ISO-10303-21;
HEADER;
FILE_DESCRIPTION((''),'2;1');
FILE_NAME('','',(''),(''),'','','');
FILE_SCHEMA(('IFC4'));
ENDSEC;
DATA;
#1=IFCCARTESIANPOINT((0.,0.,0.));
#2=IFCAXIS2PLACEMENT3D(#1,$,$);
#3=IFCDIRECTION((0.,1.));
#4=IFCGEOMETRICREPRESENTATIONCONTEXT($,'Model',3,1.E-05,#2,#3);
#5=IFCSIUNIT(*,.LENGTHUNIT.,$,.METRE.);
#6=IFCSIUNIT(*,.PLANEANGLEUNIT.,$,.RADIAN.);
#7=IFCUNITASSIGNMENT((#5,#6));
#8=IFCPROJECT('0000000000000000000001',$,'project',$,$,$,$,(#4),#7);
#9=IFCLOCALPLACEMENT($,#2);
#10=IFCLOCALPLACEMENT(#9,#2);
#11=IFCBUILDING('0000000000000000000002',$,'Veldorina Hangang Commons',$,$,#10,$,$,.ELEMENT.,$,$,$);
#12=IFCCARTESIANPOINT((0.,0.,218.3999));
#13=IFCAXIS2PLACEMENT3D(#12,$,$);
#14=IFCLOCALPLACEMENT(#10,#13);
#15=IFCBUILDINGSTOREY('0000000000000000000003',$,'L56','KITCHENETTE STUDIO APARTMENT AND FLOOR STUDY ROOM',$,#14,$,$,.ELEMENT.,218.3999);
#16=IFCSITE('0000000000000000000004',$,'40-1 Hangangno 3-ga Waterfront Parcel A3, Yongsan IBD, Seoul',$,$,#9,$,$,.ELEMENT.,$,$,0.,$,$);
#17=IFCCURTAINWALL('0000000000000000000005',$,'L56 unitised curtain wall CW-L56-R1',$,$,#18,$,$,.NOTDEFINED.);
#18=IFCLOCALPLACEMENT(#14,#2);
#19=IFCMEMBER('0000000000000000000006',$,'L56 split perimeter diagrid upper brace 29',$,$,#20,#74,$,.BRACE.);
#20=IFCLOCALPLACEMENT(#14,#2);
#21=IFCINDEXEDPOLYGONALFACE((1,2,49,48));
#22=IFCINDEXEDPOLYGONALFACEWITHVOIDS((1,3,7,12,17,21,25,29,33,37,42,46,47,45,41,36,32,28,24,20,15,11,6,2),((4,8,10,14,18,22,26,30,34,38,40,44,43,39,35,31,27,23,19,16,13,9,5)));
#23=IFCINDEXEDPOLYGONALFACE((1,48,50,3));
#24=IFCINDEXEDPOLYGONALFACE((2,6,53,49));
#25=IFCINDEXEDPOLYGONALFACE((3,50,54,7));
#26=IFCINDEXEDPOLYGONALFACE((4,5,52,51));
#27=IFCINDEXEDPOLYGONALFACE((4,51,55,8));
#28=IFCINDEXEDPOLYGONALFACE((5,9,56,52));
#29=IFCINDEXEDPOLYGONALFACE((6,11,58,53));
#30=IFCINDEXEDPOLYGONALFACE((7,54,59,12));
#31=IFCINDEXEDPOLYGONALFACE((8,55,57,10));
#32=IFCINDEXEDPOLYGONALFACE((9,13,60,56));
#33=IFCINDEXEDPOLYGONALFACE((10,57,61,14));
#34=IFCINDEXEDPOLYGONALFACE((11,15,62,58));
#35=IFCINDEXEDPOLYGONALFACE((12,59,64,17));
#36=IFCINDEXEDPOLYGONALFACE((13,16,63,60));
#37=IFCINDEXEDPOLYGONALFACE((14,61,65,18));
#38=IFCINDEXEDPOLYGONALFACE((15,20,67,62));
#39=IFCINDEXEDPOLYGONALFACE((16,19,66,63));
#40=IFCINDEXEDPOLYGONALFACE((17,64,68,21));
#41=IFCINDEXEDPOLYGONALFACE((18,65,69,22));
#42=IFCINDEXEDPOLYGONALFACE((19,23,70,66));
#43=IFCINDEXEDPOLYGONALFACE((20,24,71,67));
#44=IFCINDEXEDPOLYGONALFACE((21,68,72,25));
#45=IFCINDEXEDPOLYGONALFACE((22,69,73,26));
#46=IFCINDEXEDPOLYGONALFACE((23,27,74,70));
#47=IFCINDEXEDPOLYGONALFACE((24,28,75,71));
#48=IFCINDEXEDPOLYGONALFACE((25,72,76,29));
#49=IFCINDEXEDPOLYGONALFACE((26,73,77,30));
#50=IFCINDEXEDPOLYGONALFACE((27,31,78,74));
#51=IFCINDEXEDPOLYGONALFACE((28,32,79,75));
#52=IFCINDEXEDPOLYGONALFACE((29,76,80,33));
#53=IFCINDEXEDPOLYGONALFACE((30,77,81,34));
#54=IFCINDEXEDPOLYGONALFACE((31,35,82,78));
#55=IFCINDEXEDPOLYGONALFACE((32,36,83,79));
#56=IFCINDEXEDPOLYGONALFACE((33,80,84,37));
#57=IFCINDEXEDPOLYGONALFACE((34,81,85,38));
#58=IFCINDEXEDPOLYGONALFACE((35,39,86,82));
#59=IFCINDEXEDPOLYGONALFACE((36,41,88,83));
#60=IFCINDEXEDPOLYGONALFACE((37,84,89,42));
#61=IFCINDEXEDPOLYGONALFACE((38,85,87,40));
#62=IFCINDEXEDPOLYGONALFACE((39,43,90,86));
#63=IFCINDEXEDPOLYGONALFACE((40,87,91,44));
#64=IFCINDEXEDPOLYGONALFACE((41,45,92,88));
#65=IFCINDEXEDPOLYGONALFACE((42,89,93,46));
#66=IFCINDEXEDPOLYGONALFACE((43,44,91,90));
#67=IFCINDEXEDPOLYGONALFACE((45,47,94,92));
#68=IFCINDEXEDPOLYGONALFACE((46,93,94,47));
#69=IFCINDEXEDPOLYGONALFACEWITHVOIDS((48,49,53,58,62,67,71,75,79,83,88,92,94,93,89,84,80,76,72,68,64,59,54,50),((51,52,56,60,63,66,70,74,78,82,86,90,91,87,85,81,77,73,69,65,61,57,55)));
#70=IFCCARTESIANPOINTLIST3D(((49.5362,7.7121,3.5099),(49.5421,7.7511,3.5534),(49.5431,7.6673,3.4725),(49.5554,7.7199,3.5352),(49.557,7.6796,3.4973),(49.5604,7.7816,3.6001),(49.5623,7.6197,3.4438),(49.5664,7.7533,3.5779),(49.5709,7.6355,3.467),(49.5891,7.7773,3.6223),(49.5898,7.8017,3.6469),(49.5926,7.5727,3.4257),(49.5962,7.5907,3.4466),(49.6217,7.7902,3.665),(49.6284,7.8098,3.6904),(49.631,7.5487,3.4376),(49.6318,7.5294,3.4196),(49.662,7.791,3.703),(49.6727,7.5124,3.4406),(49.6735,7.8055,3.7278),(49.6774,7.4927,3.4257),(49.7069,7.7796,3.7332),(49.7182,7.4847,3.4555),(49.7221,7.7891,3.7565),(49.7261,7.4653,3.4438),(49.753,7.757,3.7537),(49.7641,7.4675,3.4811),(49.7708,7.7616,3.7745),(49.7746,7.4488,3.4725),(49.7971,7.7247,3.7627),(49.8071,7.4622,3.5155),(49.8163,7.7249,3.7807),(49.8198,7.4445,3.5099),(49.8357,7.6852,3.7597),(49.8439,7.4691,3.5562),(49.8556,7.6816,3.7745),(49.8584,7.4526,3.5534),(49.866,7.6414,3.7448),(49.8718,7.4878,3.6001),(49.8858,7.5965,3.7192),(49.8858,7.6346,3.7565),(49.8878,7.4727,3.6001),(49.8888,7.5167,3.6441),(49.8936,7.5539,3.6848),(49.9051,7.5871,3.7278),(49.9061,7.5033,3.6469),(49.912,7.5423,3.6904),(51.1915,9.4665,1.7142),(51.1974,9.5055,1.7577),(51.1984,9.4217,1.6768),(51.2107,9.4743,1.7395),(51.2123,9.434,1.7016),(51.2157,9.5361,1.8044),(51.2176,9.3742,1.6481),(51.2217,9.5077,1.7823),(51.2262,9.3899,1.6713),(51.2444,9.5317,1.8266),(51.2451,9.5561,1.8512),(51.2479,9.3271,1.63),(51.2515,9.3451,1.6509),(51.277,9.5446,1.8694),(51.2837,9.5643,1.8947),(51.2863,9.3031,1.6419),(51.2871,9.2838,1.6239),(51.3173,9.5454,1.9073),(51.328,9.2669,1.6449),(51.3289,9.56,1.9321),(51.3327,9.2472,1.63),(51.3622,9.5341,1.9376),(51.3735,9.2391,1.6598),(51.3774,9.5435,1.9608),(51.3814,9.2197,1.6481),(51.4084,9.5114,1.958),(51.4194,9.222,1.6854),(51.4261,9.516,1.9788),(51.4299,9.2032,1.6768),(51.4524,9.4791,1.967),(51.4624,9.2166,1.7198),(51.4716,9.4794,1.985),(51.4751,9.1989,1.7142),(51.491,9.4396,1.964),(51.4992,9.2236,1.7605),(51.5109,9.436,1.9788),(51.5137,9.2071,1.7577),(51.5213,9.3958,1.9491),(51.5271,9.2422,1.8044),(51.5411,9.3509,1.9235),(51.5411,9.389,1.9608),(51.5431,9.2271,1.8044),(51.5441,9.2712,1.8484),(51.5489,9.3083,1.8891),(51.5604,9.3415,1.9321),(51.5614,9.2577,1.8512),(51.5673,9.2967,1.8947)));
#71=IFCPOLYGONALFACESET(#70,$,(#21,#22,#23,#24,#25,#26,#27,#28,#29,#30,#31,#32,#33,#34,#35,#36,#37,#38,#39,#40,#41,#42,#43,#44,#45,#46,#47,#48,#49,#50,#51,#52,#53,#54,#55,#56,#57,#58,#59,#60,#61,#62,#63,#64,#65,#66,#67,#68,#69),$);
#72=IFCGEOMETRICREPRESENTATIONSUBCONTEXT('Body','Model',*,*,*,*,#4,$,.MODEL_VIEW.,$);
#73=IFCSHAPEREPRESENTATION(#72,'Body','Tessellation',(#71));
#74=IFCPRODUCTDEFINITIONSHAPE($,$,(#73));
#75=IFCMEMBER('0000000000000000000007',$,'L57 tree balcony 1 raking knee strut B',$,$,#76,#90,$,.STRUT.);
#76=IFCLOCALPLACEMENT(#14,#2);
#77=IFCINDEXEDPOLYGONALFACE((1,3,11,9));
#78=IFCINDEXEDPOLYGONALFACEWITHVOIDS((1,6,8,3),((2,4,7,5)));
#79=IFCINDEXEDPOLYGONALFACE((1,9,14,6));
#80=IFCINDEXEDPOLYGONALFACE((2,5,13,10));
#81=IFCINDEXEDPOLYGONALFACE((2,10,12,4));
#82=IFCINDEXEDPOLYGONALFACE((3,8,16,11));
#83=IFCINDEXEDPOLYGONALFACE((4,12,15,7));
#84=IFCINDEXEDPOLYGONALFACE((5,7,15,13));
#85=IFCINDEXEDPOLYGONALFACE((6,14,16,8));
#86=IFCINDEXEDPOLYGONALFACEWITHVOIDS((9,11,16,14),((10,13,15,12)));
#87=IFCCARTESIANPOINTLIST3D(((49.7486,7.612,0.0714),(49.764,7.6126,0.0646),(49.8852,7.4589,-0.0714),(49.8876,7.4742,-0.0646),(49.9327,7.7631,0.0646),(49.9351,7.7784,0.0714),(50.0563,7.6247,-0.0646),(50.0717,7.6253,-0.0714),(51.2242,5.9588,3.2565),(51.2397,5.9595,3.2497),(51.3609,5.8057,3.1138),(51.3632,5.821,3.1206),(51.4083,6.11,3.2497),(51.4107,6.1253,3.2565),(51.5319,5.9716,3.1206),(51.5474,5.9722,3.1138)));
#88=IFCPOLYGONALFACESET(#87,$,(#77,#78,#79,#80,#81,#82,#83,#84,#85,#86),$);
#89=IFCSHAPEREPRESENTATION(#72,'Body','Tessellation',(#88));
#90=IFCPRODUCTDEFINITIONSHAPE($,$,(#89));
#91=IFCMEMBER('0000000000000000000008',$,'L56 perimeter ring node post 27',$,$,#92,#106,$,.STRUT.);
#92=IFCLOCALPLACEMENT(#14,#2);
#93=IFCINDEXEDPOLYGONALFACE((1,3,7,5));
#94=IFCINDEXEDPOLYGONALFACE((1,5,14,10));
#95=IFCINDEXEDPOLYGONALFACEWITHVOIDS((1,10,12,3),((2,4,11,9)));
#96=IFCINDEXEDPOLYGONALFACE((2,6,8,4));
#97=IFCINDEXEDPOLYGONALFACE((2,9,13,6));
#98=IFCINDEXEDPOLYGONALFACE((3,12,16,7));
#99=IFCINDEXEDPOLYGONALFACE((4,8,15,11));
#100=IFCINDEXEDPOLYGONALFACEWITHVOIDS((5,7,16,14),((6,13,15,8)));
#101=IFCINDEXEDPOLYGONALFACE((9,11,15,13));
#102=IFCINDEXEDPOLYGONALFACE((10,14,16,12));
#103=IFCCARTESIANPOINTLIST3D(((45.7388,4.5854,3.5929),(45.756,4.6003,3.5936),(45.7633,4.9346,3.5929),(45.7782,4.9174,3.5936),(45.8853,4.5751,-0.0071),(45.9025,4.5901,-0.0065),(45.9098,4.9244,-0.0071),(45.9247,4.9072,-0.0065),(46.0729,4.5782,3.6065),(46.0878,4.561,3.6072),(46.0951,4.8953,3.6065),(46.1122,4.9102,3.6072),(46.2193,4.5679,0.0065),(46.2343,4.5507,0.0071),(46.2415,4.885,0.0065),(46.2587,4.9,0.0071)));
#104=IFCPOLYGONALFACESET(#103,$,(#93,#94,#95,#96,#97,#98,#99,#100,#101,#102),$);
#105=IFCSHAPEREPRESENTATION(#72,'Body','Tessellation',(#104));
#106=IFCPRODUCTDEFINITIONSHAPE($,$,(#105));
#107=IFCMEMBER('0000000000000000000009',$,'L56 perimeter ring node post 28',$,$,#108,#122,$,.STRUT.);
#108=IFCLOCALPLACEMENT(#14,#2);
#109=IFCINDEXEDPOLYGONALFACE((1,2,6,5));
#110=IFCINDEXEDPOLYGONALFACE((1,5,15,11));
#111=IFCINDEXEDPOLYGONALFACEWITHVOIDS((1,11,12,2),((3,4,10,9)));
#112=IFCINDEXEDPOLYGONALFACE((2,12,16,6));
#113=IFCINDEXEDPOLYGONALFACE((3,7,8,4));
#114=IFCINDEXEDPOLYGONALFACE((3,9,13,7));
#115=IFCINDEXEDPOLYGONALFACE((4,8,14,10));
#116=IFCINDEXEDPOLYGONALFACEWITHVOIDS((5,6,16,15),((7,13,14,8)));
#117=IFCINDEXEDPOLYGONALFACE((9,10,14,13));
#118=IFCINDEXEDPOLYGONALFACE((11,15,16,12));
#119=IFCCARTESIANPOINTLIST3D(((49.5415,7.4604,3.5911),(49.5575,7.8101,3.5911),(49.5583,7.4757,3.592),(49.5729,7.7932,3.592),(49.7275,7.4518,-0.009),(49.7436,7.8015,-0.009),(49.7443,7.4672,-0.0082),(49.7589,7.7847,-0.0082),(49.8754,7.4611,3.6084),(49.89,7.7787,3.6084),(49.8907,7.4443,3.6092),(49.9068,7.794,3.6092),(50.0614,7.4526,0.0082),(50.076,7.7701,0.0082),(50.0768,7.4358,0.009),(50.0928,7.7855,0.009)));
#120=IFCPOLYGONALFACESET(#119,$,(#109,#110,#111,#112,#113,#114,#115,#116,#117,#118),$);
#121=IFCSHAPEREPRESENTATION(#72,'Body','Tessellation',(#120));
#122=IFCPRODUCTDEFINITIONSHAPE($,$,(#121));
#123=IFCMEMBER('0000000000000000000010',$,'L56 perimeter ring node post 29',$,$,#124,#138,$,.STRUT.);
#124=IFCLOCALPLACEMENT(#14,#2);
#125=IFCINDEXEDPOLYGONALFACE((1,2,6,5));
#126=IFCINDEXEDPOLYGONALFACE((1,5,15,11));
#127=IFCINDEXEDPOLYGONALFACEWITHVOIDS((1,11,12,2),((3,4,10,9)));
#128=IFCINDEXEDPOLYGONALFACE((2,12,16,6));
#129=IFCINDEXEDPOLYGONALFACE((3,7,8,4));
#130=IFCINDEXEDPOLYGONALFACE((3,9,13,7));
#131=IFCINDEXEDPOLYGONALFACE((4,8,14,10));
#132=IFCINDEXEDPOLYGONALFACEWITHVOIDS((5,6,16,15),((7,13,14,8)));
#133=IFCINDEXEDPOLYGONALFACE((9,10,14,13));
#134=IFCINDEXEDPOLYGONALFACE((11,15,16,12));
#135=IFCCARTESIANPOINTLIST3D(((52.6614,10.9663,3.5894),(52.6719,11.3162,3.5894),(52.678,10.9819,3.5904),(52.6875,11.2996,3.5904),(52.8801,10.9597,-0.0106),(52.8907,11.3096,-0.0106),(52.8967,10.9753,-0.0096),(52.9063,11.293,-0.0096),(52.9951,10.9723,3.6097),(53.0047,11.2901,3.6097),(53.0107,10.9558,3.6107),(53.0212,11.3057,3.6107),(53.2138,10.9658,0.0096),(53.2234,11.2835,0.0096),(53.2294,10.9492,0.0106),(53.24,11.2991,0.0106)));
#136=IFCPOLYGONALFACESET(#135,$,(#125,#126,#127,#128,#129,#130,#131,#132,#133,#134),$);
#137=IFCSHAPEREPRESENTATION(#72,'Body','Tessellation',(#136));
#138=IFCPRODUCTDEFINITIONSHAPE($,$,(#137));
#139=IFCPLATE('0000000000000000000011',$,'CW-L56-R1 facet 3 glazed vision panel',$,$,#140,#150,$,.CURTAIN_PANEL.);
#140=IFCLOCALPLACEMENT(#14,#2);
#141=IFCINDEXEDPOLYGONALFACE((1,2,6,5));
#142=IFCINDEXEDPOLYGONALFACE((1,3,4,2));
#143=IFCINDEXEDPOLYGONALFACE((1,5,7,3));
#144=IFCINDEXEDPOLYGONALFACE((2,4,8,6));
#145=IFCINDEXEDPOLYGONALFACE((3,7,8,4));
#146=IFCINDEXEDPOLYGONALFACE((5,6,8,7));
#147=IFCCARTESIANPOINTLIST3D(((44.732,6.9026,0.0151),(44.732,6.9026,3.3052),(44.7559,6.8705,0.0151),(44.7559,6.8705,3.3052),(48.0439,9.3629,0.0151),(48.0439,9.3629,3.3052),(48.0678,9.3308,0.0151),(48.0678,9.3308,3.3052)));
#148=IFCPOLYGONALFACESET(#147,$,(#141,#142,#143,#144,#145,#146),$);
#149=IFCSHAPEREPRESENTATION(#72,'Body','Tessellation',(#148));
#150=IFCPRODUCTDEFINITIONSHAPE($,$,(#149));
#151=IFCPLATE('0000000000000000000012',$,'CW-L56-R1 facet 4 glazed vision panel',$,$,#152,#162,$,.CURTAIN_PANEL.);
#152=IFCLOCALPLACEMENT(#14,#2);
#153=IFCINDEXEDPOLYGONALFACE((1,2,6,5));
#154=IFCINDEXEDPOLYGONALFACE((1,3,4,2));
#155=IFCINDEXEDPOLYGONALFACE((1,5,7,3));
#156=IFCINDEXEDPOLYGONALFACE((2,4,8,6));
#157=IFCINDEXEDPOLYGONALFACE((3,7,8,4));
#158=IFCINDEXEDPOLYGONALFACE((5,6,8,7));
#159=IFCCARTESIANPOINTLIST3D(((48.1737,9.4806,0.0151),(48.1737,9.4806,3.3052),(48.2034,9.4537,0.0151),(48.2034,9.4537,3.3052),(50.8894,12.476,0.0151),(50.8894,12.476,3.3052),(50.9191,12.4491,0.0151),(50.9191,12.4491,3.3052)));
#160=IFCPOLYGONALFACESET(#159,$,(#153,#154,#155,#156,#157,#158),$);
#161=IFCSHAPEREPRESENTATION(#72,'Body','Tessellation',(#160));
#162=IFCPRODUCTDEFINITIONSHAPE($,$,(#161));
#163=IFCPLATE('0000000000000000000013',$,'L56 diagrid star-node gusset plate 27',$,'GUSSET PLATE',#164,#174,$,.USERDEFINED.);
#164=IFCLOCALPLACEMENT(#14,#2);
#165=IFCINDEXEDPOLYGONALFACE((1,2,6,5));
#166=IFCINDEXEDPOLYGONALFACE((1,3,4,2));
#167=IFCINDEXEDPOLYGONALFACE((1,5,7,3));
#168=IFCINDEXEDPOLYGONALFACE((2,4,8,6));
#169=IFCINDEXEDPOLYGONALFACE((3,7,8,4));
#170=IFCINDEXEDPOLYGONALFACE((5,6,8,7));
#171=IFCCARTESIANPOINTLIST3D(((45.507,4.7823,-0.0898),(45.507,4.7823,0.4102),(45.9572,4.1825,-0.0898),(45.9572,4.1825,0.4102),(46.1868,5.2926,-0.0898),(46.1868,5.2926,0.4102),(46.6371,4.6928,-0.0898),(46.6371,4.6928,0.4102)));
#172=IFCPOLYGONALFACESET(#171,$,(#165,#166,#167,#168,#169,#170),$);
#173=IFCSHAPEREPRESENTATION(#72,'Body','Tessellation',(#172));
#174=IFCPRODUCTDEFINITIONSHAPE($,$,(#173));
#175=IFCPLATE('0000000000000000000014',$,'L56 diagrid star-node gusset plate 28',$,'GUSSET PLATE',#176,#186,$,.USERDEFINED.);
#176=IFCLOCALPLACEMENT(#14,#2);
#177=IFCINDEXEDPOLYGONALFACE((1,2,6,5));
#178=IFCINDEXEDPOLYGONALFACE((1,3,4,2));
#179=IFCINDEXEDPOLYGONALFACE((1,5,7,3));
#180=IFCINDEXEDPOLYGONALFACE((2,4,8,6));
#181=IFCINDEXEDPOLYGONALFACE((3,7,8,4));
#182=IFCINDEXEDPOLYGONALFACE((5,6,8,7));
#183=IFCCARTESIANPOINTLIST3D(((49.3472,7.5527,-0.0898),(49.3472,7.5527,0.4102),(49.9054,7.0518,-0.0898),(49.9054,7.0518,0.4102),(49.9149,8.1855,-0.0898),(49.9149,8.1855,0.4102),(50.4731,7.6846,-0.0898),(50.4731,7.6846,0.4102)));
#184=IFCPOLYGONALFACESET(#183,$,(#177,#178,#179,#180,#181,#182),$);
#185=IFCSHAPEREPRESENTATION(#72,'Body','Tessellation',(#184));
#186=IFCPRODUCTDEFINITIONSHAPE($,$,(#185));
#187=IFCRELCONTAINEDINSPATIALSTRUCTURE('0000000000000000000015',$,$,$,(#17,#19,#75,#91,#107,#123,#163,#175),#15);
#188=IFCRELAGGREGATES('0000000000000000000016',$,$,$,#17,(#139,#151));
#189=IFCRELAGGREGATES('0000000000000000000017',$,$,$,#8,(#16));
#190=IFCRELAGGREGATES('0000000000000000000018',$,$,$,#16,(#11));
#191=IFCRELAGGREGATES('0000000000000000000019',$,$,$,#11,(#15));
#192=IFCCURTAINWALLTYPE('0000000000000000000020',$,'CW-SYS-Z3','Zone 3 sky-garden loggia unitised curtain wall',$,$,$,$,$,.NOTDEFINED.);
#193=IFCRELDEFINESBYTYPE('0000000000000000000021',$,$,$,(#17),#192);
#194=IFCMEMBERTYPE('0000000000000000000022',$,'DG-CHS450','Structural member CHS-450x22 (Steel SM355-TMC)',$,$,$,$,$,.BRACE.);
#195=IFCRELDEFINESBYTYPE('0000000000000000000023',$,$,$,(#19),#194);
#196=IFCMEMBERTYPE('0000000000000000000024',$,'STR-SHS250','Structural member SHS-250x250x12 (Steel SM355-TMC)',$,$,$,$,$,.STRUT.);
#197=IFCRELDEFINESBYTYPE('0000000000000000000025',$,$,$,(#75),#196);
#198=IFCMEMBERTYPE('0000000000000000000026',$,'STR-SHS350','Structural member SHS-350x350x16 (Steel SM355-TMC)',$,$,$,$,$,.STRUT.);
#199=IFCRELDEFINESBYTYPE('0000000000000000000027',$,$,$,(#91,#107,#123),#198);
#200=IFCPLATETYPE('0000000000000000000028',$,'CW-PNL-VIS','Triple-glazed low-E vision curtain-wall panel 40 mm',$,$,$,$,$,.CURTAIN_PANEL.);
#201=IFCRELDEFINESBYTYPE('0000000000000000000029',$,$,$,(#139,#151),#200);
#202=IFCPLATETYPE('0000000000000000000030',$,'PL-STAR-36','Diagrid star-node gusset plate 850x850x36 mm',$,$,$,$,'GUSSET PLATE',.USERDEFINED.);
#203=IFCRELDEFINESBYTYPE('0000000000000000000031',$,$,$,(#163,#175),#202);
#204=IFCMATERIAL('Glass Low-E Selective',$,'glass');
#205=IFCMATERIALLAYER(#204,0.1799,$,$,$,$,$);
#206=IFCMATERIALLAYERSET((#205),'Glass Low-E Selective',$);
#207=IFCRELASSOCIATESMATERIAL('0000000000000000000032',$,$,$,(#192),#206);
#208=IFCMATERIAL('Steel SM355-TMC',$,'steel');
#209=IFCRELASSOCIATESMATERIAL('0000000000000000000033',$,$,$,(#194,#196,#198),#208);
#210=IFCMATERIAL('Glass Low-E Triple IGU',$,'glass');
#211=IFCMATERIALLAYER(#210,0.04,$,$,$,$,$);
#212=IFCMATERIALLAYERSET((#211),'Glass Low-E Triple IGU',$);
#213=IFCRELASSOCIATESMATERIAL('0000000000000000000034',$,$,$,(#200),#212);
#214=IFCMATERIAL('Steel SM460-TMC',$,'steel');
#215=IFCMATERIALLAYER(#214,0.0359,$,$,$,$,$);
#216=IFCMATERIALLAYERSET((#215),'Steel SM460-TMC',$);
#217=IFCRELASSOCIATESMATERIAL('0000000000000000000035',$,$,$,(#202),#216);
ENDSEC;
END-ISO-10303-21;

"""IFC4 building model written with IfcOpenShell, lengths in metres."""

from ifc_helpers import new_model, si_unit, direction, frame, origin, origin_2d, place, context, subcontext, project, spatial, rectangle, hollow_rectangle, hollow_circle, extrude, material, layer, layer_set, material_profile, profile_set, type_object, element, aggregate, save


model = new_model("IFC4")

# Units and contexts
model_context = context("Model", 3, precision=1e-05, world=origin(), true_north=direction((0.0, 1.0)))
body_context = subcontext(model_context, "Body", "Model", "MODEL_VIEW")
ifc_project = project(units=[si_unit("LENGTHUNIT", "METRE"), si_unit("PLANEANGLEUNIT", "RADIAN")], contexts=[model_context])

# Site, building, storey
site_placement = place(None, origin())
site = spatial("IfcSite", under=ifc_project, at=site_placement, Name="40-1 Hangangno 3-ga Waterfront Parcel A3, Yongsan IBD, Seoul", CompositionType="ELEMENT", RefElevation=0.0)
building_placement = place(site_placement, origin())
building = spatial("IfcBuilding", under=site, at=building_placement, Name="Veldorina Hangang Commons", CompositionType="ELEMENT")
storey_placement = place(building_placement, frame((0.0, 0.0, 218.3999)))
storey = spatial("IfcBuildingStorey", under=building, at=storey_placement, Name="L56", Description="KITCHENETTE STUDIO APARTMENT AND FLOOR STUDY ROOM", CompositionType="ELEMENT", Elevation=218.3999)

# Shared definitions
ifc_material_1 = material(Name="Steel SM355-TMC", Category="steel")

# Curtain wall
ifc_material_2 = material(Name="Glass Low-E Selective", Category="glass")
ifc_layer_1 = layer(ifc_material_2, 0.1799)
ifc_layer_set_1 = layer_set([ifc_layer_1], Name="Glass Low-E Selective")
curtain_wall_type = type_object("IfcCurtainWallType", Name="CW-SYS-Z3", Description="Zone 3 sky-garden loggia unitised curtain wall", PredefinedType="NOTDEFINED", material=ifc_layer_set_1)
curtain_wall_placement = place(storey_placement, origin())
curtain_wall = element("IfcCurtainWall", 1, at=curtain_wall_placement, inside=storey, type_object=curtain_wall_type, Name="L56 unitised curtain wall CW-L56-R1", PredefinedType="NOTDEFINED")

# Members
ifc_material_profile_1 = material_profile(ifc_material_1, hollow_circle(Radius=0.2251, WallThickness=0.022, at=origin_2d()), Name="CHS-450x22")
ifc_profile_set_1 = profile_set([ifc_material_profile_1], Name="Steel SM355-TMC")
member_type_1 = type_object("IfcMemberType", Name="DG-CHS450", Description="Structural member CHS-450x22 (Steel SM355-TMC)", PredefinedType="BRACE", material=ifc_profile_set_1)
member_1_placement = place(storey_placement, frame((51.3794, 9.3816, 1.8044), z_axis=(-0.550469, -0.583432, 0.597153), x_axis=(0.727356, -0.686261, 0.0)))
element("IfcMember", 2, at=member_1_placement, inside=storey, type_object=member_type_1, Name="L56 split perimeter diagrid upper brace 29", PredefinedType="BRACE", context=body_context, shape_type="SweptSolid", body=[
    extrude(hollow_circle(Radius=0.2251, WallThickness=0.022, at=origin_2d()), origin(), (0.0, 0.0, 1.0), 3.0071),
])
ifc_material_profile_2 = material_profile(ifc_material_1, hollow_rectangle(XDim=0.25, YDim=0.25, WallThickness=0.012, at=origin_2d()), Name="SHS-250x250x12")
ifc_profile_set_2 = profile_set([ifc_material_profile_2], Name="Steel SM355-TMC")
member_type_2 = type_object("IfcMemberType", Name="STR-SHS250", Description="Structural member SHS-250x250x12 (Steel SM355-TMC)", PredefinedType="STRUT", material=ifc_profile_set_2)
member_2_placement = place(storey_placement, frame((49.9102, 7.6187, 0.0), z_axis=(0.380303, -0.426048, 0.820886), x_axis=(0.746022, 0.665922, 0.0)))
element("IfcMember", 3, at=member_2_placement, inside=storey, type_object=member_type_2, Name="L57 tree balcony 1 raking knee strut B", PredefinedType="STRUT", context=body_context, shape_type="SweptSolid", body=[
    extrude(hollow_rectangle(XDim=0.25, YDim=0.25, WallThickness=0.012, at=origin_2d()), origin(), (0.0, 0.0, 1.0), 3.8801),
])
ifc_material_profile_3 = material_profile(ifc_material_1, hollow_rectangle(XDim=0.3501, YDim=0.3501, WallThickness=0.0161, at=origin_2d()), Name="SHS-350x350x16")
ifc_profile_set_3 = profile_set([ifc_material_profile_3], Name="Steel SM355-TMC")
member_type_3 = type_object("IfcMemberType", Name="STR-SHS350", Description="Structural member SHS-350x350x16 (Steel SM355-TMC)", PredefinedType="STRUT", material=ifc_profile_set_3)
member_3_placement = place(storey_placement, frame((46.072, 4.7375, 0.0), z_axis=(-0.040655, 0.002846, 0.999169), x_axis=(-0.069829, -0.997559, 0.0)))
element("IfcMember", 4, at=member_3_placement, inside=storey, type_object=member_type_3, Name="L56 perimeter ring node post 27", PredefinedType="STRUT", context=body_context, shape_type="SweptSolid", body=[
    extrude(hollow_rectangle(XDim=0.3501, YDim=0.3501, WallThickness=0.0161, at=origin_2d()), origin(), (0.0, 0.0, 1.0), 3.603),
])
member_4_placement = place(storey_placement, frame((49.9102, 7.6187, 0.0), z_axis=(-0.051606, 0.00237, 0.998665), x_axis=(-0.045883, -0.998947, 0.0)))
element("IfcMember", 5, at=member_4_placement, inside=storey, type_object=member_type_3, Name="L56 perimeter ring node post 28", PredefinedType="STRUT", context=body_context, shape_type="SweptSolid", body=[
    extrude(hollow_rectangle(XDim=0.3501, YDim=0.3501, WallThickness=0.0161, at=origin_2d()), origin(), (0.0, 0.0, 1.0), 3.605),
])
member_5_placement = place(storey_placement, frame((53.0601, 11.1294, 0.0), z_axis=(-0.06065, 0.001828, 0.998157), x_axis=(-0.03012, -0.999546, 0.0)))
element("IfcMember", 6, at=member_5_placement, inside=storey, type_object=member_type_3, Name="L56 perimeter ring node post 29", PredefinedType="STRUT", context=body_context, shape_type="SweptSolid", body=[
    extrude(hollow_rectangle(XDim=0.3501, YDim=0.3501, WallThickness=0.0161, at=origin_2d()), origin(), (0.0, 0.0, 1.0), 3.6067),
])

# Plates
ifc_material_3 = material(Name="Glass Low-E Triple IGU", Category="glass")
ifc_layer_2 = layer(ifc_material_3, 0.04)
ifc_layer_set_2 = layer_set([ifc_layer_2], Name="Glass Low-E Triple IGU")
plate_type_1 = type_object("IfcPlateType", Name="CW-PNL-VIS", Description="Triple-glazed low-E vision curtain-wall panel 40 mm", PredefinedType="CURTAIN_PANEL", material=ifc_layer_set_2)
plate_1_placement = place(storey_placement, frame((46.3999, 8.1167, 0.0151), z_axis=(0.0, 0.0, 1.0), x_axis=(0.802734, 0.596337, 0.0)))
plate_1 = element("IfcPlate", 7, at=plate_1_placement, type_object=plate_type_1, Name="CW-L56-R1 facet 3 glazed vision panel", PredefinedType="CURTAIN_PANEL", context=body_context, shape_type="SweptSolid", body=[
    extrude(rectangle(XDim=4.1257, YDim=0.04, at=origin_2d()), origin(), (0.0, 0.0, 1.0), 3.29),
])
plate_2_placement = place(storey_placement, frame((49.5464, 10.9648, 0.0151), z_axis=(0.0, 0.0, 1.0), x_axis=(0.671669, 0.740851, 0.0)))
plate_2 = element("IfcPlate", 8, at=plate_2_placement, type_object=plate_type_1, Name="CW-L56-R1 facet 4 glazed vision panel", PredefinedType="CURTAIN_PANEL", context=body_context, shape_type="SweptSolid", body=[
    extrude(rectangle(XDim=4.0432, YDim=0.04, at=origin_2d()), origin(), (0.0, 0.0, 1.0), 3.29),
])
aggregate(curtain_wall, [plate_1, plate_2])

# Plates
ifc_material_4 = material(Name="Steel SM460-TMC", Category="steel")
ifc_layer_3 = layer(ifc_material_4, 0.0359)
ifc_layer_set_3 = layer_set([ifc_layer_3], Name="Steel SM460-TMC")
plate_type_2 = type_object("IfcPlateType", Name="PL-STAR-36", Description="Diagrid star-node gusset plate 850x850x36 mm", ElementType="GUSSET PLATE", PredefinedType="USERDEFINED", material=ifc_layer_set_3)
for number, where, z_axis, x_axis, name in (
    (9, (46.072, 4.7375, -0.0898), (0.0, 0.0, 1.0), (0.799758, 0.600323, 0.0), "L56 diagrid star-node gusset plate 27"),
    (10, (49.9102, 7.6187, -0.0898), (0.0, 0.0, 1.0), (0.667833, 0.744312, 0.0), "L56 diagrid star-node gusset plate 28"),
):
    element("IfcPlate", number, at=place(storey_placement, frame(where, z_axis=z_axis, x_axis=x_axis)), inside=storey, type_object=plate_type_2, Name=name, ObjectType="GUSSET PLATE", PredefinedType="USERDEFINED", context=body_context, shape_type="SweptSolid", body=[
        extrude(rectangle(XDim=0.8501, YDim=0.75, at=origin_2d()), origin(), (0.0, 0.0, 1.0), 0.5),
    ])

save(model, "model.ifc")
